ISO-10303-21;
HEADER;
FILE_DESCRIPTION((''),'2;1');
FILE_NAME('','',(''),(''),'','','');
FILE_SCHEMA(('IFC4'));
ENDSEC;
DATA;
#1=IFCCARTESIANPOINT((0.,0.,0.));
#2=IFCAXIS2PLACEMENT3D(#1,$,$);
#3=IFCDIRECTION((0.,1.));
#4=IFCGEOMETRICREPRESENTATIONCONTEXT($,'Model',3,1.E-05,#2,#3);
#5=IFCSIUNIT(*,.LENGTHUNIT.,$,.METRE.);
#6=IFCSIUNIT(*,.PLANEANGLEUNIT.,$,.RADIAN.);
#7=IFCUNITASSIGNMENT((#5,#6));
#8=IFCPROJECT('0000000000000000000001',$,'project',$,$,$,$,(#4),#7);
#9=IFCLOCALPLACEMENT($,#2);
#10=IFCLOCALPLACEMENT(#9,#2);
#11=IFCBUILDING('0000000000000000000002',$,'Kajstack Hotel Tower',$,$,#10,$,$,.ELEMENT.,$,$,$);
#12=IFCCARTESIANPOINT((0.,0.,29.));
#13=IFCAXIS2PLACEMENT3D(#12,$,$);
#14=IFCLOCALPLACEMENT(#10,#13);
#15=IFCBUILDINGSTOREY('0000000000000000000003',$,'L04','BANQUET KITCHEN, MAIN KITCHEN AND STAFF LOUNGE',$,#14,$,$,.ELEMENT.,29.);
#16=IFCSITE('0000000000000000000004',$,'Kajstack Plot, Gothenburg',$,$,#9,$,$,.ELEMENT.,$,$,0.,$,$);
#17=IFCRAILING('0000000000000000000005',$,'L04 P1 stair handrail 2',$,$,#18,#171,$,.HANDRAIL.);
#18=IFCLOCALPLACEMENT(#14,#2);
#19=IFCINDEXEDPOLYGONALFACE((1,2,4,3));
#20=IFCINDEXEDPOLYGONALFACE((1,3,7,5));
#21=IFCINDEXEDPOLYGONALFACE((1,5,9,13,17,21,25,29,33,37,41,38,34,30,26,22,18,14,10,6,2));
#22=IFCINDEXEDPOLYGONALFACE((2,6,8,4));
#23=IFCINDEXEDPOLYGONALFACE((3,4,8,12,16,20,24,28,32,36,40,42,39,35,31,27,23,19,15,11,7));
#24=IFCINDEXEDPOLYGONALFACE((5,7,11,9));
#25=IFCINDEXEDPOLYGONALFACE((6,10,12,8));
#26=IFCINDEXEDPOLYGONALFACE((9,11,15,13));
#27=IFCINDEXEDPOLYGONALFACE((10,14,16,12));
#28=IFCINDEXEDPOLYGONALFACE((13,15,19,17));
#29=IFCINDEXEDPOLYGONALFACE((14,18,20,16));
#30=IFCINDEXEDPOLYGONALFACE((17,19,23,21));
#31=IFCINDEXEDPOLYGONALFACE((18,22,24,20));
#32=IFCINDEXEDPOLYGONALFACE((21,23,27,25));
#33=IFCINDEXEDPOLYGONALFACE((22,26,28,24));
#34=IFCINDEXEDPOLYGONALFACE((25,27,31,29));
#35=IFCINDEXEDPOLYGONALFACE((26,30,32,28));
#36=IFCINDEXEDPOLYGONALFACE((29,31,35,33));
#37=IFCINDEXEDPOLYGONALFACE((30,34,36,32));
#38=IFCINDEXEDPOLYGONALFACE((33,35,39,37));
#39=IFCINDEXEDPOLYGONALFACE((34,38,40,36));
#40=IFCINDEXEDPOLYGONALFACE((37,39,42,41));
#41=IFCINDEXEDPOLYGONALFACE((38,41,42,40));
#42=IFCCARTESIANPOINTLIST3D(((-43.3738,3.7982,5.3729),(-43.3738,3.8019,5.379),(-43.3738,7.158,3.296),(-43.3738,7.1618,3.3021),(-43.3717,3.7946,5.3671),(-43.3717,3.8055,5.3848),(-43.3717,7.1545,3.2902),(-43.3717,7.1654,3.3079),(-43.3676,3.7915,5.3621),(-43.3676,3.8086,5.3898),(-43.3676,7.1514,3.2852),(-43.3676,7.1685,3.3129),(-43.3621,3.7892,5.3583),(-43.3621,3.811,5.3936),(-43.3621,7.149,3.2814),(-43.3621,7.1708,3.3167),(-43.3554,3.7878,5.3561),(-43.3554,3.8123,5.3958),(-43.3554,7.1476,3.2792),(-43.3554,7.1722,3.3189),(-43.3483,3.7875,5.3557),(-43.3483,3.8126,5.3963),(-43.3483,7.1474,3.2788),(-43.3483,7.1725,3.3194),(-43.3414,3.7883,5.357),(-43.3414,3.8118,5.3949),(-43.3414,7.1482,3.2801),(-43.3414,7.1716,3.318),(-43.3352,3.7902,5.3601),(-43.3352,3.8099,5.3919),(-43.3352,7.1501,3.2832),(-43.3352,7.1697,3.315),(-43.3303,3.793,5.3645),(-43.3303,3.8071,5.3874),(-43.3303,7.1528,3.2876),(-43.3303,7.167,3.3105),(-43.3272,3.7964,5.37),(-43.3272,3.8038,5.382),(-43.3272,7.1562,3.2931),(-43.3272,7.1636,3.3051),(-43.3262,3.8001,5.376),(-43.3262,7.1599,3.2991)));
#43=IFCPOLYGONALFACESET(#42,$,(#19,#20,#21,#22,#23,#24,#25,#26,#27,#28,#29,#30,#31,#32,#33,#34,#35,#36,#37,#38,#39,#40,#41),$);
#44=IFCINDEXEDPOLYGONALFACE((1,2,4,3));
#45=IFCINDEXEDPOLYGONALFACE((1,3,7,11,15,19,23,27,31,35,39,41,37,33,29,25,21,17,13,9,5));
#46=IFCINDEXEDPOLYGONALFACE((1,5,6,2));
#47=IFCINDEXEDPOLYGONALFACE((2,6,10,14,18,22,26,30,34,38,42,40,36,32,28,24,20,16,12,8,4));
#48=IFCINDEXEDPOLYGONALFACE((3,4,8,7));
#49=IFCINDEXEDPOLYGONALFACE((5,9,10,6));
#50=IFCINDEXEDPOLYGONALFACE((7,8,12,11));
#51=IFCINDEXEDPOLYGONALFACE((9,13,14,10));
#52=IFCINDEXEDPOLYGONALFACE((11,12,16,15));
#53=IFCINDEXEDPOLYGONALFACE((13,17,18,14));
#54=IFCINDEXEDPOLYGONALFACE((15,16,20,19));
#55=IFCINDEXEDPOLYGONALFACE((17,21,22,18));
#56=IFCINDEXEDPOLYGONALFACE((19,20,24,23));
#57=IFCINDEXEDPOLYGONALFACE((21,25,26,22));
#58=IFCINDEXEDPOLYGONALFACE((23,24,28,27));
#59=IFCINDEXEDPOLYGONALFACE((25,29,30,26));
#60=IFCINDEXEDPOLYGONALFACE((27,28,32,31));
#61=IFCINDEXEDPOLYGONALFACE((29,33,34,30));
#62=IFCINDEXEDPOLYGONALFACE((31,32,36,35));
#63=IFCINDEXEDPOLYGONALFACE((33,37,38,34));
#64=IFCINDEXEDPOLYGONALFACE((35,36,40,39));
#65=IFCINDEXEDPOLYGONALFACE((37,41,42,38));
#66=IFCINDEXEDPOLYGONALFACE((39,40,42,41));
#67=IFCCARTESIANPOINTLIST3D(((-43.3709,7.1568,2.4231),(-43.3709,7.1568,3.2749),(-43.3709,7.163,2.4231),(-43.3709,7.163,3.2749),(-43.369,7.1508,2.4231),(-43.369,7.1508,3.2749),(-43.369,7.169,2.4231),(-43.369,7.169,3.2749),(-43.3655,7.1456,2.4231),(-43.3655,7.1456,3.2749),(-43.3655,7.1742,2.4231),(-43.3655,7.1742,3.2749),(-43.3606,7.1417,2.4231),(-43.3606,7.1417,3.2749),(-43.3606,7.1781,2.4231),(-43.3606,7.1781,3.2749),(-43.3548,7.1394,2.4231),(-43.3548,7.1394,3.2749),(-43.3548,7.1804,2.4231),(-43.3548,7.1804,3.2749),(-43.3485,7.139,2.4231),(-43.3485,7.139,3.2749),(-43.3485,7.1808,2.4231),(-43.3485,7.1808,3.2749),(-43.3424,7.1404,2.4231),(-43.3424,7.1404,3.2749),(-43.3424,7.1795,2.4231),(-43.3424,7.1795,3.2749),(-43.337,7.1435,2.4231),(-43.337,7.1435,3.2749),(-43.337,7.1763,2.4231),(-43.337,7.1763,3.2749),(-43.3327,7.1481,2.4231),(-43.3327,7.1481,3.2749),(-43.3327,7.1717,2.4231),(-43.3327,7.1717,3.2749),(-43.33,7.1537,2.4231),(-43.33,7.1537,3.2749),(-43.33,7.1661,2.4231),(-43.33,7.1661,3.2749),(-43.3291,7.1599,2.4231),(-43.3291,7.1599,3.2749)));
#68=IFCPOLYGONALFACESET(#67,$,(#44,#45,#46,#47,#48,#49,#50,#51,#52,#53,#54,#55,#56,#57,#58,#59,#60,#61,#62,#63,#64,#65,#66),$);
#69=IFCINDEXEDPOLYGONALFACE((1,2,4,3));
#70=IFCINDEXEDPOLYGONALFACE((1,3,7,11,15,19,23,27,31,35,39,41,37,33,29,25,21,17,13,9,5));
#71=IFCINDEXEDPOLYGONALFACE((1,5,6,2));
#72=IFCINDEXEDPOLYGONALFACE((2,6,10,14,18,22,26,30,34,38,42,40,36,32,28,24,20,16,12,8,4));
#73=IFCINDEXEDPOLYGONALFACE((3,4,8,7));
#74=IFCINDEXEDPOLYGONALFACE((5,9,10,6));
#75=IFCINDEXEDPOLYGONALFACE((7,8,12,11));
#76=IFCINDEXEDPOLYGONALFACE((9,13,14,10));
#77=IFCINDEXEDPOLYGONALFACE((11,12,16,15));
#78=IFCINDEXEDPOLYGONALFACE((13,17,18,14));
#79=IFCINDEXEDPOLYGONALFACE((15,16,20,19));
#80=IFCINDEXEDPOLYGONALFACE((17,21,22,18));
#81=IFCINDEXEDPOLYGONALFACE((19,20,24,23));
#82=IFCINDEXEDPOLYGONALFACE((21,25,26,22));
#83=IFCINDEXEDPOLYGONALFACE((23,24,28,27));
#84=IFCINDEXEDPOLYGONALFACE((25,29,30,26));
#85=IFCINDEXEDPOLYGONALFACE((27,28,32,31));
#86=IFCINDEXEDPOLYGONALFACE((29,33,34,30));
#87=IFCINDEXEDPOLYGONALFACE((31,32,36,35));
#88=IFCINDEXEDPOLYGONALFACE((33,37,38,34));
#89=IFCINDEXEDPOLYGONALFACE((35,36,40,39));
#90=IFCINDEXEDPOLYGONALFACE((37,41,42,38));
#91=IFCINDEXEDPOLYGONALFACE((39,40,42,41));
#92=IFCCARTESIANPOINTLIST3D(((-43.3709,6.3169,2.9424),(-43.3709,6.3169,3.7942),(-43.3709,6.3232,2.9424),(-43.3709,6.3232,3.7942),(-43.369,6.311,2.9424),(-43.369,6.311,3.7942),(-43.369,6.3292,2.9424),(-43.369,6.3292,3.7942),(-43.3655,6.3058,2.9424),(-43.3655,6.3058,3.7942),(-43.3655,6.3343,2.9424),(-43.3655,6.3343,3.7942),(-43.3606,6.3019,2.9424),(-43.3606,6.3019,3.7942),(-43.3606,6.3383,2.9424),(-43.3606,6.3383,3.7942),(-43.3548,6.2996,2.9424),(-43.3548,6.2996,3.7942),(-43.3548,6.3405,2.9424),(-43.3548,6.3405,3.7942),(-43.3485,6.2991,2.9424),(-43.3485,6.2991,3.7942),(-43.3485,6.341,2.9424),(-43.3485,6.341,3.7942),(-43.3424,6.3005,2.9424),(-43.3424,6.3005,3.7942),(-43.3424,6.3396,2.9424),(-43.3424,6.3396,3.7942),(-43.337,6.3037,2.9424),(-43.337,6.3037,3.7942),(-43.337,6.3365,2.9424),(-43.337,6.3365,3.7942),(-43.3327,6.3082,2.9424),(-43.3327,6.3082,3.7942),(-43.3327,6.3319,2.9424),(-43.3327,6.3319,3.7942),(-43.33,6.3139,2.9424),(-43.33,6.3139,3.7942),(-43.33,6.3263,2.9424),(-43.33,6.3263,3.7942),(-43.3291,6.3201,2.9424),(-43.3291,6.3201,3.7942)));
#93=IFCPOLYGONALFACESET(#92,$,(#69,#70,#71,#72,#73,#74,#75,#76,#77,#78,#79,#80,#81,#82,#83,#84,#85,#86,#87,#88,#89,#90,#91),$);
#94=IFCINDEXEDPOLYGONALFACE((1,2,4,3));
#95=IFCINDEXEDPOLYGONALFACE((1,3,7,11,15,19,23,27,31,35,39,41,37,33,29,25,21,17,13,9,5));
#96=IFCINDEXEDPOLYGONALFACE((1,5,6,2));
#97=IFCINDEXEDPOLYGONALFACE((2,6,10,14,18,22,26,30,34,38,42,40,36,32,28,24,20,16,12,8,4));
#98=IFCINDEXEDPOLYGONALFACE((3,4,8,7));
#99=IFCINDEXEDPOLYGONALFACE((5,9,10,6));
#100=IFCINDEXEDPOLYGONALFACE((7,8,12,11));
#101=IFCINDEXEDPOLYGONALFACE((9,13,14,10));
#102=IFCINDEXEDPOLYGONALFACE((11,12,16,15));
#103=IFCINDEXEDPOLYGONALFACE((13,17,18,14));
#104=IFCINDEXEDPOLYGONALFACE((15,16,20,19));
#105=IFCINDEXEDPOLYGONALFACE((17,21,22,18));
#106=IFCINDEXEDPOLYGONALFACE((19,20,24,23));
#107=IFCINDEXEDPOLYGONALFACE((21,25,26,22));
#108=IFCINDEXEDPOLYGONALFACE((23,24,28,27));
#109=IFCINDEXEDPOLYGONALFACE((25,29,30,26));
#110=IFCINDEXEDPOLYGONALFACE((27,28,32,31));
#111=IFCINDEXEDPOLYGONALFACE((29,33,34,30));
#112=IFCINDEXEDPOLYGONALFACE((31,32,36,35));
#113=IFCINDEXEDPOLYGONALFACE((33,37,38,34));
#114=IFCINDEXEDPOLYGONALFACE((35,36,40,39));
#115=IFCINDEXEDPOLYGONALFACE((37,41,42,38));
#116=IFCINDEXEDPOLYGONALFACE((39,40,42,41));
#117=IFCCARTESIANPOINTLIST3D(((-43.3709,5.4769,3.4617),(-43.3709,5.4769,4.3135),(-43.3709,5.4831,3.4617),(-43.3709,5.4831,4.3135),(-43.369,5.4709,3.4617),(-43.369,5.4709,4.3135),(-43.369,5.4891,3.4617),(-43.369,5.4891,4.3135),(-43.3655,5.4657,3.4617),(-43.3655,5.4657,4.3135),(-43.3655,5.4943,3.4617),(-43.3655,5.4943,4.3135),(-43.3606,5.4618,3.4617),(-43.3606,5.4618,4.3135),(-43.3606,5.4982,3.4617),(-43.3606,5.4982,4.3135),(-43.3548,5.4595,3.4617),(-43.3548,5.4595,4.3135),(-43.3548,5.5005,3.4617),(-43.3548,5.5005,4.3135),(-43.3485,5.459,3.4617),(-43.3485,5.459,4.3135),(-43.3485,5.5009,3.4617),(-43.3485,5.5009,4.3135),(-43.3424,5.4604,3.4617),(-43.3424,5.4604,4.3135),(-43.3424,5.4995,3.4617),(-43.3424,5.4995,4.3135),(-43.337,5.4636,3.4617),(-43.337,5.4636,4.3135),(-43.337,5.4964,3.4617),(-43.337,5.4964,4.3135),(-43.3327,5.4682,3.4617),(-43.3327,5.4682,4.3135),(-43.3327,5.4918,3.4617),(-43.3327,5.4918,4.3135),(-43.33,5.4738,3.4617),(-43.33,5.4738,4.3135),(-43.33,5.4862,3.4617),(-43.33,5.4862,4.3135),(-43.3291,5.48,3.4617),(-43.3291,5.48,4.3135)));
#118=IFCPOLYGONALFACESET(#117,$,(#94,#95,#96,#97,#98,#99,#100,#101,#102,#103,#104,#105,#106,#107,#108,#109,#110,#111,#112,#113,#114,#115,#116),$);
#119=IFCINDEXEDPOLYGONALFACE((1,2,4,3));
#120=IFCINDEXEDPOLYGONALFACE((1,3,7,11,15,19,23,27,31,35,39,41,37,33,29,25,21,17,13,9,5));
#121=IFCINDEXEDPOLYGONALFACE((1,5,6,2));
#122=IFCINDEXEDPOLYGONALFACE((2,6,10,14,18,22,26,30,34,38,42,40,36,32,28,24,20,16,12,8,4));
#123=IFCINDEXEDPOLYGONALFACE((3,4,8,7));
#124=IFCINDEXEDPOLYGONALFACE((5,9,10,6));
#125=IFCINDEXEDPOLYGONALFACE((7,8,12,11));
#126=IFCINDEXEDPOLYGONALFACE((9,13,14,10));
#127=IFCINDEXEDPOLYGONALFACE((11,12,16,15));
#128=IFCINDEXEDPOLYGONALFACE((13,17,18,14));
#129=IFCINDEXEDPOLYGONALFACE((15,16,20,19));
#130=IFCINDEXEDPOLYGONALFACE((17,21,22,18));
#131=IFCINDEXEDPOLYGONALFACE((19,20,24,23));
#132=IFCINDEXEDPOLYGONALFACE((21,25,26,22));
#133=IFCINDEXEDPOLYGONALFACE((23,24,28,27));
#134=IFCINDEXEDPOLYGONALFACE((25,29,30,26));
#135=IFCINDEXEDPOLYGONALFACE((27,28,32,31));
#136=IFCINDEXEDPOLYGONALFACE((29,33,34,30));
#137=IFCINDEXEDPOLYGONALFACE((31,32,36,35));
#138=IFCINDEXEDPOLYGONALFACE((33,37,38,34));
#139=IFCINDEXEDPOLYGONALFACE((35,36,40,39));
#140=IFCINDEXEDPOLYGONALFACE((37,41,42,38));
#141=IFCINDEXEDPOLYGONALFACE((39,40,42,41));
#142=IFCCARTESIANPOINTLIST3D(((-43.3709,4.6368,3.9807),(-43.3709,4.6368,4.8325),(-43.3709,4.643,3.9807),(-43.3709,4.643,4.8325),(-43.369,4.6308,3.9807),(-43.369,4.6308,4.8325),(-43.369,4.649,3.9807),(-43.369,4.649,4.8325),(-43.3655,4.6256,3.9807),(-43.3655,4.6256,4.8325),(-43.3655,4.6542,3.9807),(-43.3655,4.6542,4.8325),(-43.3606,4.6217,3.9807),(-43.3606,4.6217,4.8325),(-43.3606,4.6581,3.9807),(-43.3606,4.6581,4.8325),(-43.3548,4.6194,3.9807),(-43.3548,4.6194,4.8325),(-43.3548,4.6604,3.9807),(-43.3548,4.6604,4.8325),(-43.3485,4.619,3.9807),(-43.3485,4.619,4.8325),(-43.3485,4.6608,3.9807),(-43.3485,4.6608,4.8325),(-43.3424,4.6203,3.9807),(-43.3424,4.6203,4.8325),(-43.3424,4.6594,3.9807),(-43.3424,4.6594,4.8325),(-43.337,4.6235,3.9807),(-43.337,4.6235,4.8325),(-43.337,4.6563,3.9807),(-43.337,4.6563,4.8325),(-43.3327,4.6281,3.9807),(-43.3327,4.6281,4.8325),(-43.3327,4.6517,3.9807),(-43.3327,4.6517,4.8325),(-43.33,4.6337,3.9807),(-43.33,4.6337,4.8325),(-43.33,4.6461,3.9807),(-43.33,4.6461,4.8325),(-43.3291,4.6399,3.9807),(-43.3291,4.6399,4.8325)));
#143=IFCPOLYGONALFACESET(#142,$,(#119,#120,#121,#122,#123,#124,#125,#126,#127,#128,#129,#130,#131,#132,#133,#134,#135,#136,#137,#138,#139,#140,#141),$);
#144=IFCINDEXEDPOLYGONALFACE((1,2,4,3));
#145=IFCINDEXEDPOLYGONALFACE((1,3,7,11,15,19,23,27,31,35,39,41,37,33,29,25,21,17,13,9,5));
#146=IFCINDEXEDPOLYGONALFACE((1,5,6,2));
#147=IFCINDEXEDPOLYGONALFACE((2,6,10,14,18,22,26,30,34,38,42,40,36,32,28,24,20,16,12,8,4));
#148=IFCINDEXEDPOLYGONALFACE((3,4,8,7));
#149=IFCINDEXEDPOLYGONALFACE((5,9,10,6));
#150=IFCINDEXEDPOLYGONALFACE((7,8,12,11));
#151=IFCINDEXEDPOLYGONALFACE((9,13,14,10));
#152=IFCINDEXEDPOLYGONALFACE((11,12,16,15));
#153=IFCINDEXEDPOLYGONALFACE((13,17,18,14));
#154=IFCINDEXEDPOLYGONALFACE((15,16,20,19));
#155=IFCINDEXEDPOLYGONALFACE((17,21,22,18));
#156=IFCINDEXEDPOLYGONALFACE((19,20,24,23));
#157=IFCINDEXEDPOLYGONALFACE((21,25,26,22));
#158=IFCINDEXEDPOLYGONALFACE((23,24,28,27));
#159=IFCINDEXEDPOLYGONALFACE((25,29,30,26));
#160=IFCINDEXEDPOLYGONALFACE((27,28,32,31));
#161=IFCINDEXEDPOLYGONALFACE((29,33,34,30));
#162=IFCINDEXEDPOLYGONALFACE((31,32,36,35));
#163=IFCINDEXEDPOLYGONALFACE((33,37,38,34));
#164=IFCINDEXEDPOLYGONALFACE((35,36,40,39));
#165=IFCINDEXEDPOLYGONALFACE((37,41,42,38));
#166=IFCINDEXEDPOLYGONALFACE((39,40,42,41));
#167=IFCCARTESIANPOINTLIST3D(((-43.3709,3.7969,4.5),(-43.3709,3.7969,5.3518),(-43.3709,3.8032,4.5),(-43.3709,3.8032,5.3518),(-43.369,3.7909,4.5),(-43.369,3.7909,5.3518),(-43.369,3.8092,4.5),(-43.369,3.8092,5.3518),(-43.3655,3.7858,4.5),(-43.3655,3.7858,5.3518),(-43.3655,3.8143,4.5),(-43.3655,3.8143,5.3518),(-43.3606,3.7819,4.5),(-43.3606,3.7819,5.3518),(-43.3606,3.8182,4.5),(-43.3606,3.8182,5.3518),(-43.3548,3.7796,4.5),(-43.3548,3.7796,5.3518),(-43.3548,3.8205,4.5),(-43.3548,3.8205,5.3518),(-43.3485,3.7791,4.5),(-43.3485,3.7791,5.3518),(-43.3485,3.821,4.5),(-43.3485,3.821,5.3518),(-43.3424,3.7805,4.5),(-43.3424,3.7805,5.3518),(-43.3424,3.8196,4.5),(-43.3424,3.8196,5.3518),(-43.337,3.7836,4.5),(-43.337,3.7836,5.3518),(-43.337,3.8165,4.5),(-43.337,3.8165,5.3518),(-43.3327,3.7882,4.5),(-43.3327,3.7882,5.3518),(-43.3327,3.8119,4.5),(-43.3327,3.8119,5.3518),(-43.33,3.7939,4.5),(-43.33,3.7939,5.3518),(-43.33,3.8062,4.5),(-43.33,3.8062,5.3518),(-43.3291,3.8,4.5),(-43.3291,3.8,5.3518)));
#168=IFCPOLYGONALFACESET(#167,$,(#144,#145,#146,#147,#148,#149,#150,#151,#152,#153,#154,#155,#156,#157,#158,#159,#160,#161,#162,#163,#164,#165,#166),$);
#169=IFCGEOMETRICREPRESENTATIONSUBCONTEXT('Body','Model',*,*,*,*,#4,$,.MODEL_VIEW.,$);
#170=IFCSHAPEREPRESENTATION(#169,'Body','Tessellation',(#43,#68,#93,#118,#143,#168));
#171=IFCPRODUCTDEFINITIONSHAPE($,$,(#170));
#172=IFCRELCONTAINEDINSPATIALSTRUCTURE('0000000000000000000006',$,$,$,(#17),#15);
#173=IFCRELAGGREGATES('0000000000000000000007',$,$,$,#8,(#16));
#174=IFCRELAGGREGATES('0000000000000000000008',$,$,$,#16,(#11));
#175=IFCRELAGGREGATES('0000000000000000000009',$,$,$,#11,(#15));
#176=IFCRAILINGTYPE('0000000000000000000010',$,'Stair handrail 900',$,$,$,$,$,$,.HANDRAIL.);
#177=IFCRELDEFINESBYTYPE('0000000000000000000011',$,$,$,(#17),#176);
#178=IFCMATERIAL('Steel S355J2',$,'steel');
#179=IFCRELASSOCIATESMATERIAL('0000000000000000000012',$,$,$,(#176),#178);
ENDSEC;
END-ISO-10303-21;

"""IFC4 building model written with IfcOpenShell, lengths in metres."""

from ifc_helpers import new_model, si_unit, direction, frame, origin, origin_2d, place, context, subcontext, project, spatial, circle, extrude, material, type_object, element, save


model = new_model("IFC4")

# Units and contexts
model_context = context("Model", 3, precision=1e-05, world=origin(), true_north=direction((0.0, 1.0)))
body_context = subcontext(model_context, "Body", "Model", "MODEL_VIEW")
ifc_project = project(units=[si_unit("LENGTHUNIT", "METRE"), si_unit("PLANEANGLEUNIT", "RADIAN")], contexts=[model_context])

# Site, building, storey
site_placement = place(None, origin())
site = spatial("IfcSite", under=ifc_project, at=site_placement, Name="Kajstack Plot, Gothenburg", CompositionType="ELEMENT", RefElevation=0.0)
building_placement = place(site_placement, origin())
building = spatial("IfcBuilding", under=site, at=building_placement, Name="Kajstack Hotel Tower", CompositionType="ELEMENT")
storey_placement = place(building_placement, frame((0.0, 0.0, 29.0)))
storey = spatial("IfcBuildingStorey", under=building, at=storey_placement, Name="L04", Description="BANQUET KITCHEN, MAIN KITCHEN AND STAFF LOUNGE", CompositionType="ELEMENT", Elevation=29.0)

# Railing
ifc_material_1 = material(Name="Steel S355J2", Category="steel")
railing_type = type_object("IfcRailingType", Name="Stair handrail 900", PredefinedType="HANDRAIL", material=ifc_material_1)
railing_1_placement = place(storey_placement, frame((-43.3501, 7.1599, 2.4231)))
element("IfcRailing", 1, at=railing_1_placement, inside=storey, type_object=railing_type, Name="L04 P1 stair handrail 2", PredefinedType="HANDRAIL", context=body_context, shape_type="SweptSolid", body=[
    extrude(circle(Radius=0.0239, at=origin_2d()), frame((0.0, 0.0, 0.876), z_axis=(0.0, -0.850606, 0.525803), x_axis=(1.0, 0.0, 0.0)), (0.0, 0.0, 1.0), 3.95),
    extrude(circle(Radius=0.021, at=origin_2d()), origin(), (0.0, 0.0, 1.0), 0.8518),
    extrude(circle(Radius=0.021, at=origin_2d()), frame((0.0, -0.8398, 0.5193)), (0.0, 0.0, 1.0), 0.8518),
    extrude(circle(Radius=0.021, at=origin_2d()), frame((0.0, -1.6799, 1.0386)), (0.0, 0.0, 1.0), 0.8518),
    extrude(circle(Radius=0.021, at=origin_2d()), frame((0.0, -2.52, 1.5576)), (0.0, 0.0, 1.0), 0.8518),
    extrude(circle(Radius=0.021, at=origin_2d()), frame((0.0, -3.3599, 2.0769)), (0.0, 0.0, 1.0), 0.8518),
])

save(model, "model.ifc")
